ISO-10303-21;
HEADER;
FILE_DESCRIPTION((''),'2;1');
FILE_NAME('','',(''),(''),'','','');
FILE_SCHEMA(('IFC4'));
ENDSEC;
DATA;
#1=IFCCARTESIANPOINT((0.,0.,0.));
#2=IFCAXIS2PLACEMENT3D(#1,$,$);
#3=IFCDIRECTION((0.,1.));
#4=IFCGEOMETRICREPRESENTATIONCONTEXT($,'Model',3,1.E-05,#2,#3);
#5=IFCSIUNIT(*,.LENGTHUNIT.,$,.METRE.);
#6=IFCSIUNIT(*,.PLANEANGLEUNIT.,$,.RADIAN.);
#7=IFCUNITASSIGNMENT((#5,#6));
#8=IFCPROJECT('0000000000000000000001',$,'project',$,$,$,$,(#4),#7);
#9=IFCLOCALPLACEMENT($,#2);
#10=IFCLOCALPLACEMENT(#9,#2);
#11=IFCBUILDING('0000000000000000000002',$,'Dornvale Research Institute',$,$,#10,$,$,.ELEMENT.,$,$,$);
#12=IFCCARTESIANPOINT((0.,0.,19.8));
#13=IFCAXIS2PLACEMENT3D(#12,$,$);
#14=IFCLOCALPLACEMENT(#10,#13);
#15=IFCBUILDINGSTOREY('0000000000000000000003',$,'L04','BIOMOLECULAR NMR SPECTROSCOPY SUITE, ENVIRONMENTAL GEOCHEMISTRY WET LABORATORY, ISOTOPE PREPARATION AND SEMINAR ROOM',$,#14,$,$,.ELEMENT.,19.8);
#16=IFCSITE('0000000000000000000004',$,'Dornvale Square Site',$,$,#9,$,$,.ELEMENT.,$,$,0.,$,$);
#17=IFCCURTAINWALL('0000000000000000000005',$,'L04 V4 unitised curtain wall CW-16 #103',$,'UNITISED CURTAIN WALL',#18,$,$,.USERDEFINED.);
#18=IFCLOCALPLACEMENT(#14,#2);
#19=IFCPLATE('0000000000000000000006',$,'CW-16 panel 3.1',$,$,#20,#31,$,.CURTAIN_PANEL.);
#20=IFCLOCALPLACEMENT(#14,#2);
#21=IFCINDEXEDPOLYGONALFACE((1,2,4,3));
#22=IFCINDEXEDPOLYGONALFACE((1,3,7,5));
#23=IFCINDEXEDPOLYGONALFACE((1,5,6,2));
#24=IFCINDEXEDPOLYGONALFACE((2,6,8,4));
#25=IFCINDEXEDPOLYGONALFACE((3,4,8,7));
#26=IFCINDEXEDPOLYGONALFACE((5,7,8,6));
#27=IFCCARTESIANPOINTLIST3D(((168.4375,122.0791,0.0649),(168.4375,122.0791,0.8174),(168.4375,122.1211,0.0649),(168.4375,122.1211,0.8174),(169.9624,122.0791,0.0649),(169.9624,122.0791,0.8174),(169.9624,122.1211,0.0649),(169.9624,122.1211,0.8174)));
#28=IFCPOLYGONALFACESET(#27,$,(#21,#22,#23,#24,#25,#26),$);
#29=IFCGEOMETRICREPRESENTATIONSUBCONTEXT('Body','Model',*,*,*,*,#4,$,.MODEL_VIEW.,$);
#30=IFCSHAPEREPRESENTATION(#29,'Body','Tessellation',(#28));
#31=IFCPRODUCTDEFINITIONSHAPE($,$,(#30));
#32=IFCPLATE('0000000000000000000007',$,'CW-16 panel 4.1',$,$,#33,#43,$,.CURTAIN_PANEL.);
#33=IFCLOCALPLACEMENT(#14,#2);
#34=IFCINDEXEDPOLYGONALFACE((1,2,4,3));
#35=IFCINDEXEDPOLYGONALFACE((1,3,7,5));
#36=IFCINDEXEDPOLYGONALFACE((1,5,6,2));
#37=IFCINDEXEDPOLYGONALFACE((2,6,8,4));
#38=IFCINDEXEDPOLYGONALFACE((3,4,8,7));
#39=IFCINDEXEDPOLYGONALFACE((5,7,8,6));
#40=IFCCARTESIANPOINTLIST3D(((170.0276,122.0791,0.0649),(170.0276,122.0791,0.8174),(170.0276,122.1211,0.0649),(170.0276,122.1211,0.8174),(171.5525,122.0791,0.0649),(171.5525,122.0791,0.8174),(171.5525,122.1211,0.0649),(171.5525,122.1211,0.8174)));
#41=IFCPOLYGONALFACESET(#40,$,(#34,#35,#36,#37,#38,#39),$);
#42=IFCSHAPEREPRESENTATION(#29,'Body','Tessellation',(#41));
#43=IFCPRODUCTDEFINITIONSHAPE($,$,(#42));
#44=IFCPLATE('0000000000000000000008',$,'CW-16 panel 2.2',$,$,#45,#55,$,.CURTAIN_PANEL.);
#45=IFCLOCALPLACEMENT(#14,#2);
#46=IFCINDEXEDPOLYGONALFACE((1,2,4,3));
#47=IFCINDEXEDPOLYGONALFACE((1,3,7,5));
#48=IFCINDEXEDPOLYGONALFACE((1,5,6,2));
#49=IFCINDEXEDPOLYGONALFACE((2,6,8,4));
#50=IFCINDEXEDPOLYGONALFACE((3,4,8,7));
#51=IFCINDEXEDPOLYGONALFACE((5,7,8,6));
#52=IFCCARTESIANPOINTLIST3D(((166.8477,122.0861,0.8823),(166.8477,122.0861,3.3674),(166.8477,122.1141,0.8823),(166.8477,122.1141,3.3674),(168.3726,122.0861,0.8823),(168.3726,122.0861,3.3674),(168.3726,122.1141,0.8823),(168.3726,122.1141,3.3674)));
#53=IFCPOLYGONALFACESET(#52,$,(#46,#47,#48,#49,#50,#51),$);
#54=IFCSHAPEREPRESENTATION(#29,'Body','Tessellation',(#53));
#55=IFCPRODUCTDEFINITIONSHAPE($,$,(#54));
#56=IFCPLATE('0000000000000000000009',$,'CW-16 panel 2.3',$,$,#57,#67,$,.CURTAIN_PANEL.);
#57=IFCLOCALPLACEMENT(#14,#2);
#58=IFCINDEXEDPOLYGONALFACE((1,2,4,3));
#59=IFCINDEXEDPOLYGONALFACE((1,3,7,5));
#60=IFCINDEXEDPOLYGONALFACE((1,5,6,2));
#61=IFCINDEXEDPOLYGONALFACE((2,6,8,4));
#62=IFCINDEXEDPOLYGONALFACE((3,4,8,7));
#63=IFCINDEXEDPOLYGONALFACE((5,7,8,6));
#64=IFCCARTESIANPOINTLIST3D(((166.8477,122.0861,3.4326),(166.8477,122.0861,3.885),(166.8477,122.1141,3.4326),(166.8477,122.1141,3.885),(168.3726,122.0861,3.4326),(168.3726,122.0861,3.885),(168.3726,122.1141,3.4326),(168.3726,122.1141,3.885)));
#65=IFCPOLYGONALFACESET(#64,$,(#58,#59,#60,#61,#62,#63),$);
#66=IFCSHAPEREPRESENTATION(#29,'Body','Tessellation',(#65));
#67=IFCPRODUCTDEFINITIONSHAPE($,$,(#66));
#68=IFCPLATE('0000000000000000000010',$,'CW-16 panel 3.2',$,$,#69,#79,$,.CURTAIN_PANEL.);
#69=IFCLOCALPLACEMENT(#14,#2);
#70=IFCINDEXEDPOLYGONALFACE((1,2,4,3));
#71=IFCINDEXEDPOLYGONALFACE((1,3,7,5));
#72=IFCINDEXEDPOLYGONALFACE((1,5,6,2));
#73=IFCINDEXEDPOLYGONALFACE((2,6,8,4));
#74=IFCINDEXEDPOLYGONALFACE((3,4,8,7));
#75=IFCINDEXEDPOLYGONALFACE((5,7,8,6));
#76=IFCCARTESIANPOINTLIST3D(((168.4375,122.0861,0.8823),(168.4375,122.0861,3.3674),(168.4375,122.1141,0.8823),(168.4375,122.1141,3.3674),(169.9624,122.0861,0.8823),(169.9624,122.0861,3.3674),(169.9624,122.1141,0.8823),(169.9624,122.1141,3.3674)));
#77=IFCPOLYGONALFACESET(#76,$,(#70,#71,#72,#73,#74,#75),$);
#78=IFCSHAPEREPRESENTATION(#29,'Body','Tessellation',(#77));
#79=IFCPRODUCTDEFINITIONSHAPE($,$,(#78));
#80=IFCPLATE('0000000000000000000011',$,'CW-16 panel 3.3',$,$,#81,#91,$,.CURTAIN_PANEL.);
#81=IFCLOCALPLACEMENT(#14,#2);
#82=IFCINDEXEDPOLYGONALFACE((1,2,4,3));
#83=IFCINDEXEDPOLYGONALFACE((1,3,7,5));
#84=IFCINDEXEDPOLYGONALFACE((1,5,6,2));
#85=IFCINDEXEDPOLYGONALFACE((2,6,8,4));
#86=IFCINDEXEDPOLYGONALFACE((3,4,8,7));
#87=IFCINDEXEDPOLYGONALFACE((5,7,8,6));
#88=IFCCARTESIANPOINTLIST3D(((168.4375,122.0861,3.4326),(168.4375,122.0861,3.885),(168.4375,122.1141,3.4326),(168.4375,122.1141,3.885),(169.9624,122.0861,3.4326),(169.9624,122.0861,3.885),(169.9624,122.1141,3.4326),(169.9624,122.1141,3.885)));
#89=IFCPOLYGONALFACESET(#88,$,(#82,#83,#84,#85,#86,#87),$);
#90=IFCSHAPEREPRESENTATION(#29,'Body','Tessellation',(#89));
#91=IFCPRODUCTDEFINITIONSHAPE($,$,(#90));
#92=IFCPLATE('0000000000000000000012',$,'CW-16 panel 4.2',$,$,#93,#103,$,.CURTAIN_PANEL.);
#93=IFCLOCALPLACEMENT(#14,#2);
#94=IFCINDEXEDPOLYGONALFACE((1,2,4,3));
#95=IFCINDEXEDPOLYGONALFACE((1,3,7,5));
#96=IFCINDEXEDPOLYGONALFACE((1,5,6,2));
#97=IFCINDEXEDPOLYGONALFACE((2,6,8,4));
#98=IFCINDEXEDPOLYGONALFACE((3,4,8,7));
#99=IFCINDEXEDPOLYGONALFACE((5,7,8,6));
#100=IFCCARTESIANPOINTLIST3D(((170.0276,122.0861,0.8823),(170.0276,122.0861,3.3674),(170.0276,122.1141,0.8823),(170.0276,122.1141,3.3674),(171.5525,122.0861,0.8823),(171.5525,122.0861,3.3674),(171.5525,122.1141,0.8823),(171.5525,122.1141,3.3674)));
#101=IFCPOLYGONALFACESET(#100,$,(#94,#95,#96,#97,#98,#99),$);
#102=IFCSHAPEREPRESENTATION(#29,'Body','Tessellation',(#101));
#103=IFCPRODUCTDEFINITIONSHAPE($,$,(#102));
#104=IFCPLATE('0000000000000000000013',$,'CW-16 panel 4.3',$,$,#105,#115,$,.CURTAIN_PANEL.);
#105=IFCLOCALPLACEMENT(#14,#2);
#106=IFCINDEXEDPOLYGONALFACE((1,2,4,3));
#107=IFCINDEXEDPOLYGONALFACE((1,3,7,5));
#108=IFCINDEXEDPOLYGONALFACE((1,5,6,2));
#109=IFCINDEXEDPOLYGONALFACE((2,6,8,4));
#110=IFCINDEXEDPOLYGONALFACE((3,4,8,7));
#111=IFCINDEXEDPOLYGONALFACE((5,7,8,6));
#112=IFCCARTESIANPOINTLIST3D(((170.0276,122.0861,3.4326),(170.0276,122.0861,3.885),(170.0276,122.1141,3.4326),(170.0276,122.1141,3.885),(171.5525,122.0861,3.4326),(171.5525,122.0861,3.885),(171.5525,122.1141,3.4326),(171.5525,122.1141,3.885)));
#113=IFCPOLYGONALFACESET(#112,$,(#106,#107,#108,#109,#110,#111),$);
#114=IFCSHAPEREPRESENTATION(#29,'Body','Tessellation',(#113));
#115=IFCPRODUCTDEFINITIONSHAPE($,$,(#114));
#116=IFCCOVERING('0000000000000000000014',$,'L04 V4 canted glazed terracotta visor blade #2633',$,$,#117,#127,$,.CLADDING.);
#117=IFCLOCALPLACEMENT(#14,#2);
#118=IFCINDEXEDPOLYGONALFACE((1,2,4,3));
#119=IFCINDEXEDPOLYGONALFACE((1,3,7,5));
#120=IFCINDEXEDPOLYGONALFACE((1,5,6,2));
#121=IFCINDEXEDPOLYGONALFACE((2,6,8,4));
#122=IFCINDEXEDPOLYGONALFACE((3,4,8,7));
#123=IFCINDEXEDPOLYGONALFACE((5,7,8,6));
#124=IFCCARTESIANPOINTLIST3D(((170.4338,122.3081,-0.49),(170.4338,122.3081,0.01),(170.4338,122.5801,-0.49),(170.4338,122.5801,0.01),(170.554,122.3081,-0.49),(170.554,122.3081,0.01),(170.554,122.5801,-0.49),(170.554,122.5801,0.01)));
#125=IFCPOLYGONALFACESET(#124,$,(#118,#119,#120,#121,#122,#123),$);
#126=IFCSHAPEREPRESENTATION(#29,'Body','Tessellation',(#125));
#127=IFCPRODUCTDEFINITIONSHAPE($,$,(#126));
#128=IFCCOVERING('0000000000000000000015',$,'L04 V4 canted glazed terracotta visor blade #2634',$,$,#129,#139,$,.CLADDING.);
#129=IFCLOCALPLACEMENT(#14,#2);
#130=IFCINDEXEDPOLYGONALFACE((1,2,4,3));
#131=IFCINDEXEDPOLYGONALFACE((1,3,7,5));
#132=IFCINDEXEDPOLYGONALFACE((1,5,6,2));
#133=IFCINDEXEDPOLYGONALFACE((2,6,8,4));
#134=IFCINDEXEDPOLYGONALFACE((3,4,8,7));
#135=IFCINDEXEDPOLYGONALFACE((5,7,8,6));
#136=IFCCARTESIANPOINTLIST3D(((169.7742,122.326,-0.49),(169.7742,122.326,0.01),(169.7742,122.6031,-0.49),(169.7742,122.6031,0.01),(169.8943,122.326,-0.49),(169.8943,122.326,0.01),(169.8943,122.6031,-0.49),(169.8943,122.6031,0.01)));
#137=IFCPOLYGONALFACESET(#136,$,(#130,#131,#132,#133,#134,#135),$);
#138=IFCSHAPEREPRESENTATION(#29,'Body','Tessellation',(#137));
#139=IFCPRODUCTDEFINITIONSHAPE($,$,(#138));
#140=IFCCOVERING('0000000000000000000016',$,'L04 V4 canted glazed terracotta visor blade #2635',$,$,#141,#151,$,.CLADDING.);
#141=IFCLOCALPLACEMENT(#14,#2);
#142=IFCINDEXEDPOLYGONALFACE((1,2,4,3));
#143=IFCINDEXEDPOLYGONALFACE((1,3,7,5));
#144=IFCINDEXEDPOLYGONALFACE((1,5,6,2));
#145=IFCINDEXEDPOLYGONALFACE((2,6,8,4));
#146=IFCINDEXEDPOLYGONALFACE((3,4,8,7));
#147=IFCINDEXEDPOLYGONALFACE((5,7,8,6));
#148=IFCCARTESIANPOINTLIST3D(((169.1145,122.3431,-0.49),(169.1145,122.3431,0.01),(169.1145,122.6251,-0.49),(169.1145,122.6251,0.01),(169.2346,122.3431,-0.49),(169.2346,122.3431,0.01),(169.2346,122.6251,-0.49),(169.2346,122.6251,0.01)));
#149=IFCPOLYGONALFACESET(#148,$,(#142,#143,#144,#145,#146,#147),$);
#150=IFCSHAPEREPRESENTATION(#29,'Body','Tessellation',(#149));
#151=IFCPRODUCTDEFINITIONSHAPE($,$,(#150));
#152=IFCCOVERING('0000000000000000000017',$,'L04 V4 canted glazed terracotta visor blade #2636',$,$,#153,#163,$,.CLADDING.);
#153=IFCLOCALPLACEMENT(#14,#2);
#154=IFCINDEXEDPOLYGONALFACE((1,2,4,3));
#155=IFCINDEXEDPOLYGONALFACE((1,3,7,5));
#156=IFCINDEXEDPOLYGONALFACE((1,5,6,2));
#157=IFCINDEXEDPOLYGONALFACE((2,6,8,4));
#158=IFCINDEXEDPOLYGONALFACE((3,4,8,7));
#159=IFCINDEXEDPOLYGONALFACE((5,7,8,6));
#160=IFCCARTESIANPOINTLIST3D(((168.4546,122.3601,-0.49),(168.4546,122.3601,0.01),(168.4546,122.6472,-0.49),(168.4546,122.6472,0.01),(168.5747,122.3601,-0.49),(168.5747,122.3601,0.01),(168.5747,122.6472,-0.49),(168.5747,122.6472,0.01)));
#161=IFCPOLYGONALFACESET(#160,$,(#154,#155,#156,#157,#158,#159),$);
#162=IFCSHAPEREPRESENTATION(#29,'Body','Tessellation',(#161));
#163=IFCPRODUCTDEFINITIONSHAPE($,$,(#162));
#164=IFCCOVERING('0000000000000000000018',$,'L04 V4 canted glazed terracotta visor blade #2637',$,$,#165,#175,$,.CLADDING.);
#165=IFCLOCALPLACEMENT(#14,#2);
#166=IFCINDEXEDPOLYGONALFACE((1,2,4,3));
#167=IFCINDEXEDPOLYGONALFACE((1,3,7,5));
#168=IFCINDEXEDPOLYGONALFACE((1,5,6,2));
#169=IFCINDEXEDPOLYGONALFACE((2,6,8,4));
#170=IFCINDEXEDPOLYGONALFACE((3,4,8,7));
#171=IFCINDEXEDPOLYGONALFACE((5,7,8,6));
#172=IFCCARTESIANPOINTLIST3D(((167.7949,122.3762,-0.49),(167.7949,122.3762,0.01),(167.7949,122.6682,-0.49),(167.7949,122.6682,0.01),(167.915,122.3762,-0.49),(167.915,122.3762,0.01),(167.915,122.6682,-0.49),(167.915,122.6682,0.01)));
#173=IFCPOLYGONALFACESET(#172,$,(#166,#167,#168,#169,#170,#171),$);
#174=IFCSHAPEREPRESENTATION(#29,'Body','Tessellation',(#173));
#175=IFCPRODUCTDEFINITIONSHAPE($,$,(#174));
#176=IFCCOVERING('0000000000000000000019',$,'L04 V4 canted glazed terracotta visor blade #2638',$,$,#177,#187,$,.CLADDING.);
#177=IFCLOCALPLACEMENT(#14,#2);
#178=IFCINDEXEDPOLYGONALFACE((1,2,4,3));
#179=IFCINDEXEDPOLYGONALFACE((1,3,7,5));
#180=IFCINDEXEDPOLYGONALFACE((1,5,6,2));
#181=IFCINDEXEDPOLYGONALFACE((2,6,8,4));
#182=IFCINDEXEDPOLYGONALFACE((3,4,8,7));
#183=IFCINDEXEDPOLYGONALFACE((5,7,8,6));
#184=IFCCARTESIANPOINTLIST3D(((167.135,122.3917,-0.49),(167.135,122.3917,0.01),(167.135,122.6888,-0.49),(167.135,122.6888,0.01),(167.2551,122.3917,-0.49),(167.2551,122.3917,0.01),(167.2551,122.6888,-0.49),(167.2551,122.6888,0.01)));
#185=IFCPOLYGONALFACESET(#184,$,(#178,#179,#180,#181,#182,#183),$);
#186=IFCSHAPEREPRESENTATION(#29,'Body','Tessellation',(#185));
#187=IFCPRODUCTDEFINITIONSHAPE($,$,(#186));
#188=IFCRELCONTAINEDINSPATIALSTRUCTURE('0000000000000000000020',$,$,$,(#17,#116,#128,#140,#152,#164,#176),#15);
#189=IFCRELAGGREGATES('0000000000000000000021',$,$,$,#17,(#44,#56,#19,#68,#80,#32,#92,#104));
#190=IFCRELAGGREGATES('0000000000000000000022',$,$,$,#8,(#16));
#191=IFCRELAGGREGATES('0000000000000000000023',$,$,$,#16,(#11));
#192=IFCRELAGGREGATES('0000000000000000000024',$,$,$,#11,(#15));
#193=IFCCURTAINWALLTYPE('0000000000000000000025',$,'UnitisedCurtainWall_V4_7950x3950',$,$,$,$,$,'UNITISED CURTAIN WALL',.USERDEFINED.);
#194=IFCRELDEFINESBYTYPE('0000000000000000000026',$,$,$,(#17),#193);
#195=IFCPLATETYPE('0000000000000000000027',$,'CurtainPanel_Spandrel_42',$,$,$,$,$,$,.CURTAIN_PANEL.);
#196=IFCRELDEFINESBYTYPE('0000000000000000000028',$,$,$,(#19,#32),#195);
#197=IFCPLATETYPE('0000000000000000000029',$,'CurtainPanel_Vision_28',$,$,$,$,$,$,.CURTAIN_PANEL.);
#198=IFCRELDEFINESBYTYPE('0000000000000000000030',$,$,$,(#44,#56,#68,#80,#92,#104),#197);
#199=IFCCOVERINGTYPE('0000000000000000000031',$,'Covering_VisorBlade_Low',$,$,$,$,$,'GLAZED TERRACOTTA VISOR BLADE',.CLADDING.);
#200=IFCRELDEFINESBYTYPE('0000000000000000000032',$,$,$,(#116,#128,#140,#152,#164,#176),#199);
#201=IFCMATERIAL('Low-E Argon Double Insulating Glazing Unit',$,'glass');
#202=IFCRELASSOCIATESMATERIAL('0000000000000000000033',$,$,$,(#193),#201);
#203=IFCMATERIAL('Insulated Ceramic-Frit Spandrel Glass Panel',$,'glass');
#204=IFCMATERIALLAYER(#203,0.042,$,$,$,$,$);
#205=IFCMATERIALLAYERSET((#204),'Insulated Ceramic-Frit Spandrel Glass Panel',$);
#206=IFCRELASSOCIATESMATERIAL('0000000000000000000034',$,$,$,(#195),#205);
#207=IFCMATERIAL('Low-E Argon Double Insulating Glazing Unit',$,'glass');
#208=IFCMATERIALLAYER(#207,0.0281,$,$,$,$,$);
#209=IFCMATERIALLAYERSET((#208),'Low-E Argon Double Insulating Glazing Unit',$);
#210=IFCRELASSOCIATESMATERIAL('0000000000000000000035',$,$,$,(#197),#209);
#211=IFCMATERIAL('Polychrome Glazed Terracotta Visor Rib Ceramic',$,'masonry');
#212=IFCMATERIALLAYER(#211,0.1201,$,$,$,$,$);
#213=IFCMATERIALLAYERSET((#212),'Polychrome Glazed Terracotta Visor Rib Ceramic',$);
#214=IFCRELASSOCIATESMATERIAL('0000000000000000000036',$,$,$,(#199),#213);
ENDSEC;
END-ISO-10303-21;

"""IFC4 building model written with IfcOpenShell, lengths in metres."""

from ifc_helpers import new_model, si_unit, direction, frame, origin, origin_2d, place, context, subcontext, project, spatial, rectangle, extrude, material, layer, layer_set, type_object, element, aggregate, save


model = new_model("IFC4")

# Units and contexts
model_context = context("Model", 3, precision=1e-05, world=origin(), true_north=direction((0.0, 1.0)))
body_context = subcontext(model_context, "Body", "Model", "MODEL_VIEW")
ifc_project = project(units=[si_unit("LENGTHUNIT", "METRE"), si_unit("PLANEANGLEUNIT", "RADIAN")], contexts=[model_context])

# Site, building, storey
site_placement = place(None, origin())
site = spatial("IfcSite", under=ifc_project, at=site_placement, Name="Dornvale Square Site", CompositionType="ELEMENT", RefElevation=0.0)
building_placement = place(site_placement, origin())
building = spatial("IfcBuilding", under=site, at=building_placement, Name="Dornvale Research Institute", CompositionType="ELEMENT")
storey_placement = place(building_placement, frame((0.0, 0.0, 19.8)))
storey = spatial("IfcBuildingStorey", under=building, at=storey_placement, Name="L04", Description="BIOMOLECULAR NMR SPECTROSCOPY SUITE, ENVIRONMENTAL GEOCHEMISTRY WET LABORATORY, ISOTOPE PREPARATION AND SEMINAR ROOM", CompositionType="ELEMENT", Elevation=19.8)

# Curtain wall, plates
ifc_material_1 = material(Name="Low-E Argon Double Insulating Glazing Unit", Category="glass")
curtain_wall_type = type_object("IfcCurtainWallType", Name="UnitisedCurtainWall_V4_7950x3950", ElementType="UNITISED CURTAIN WALL", PredefinedType="USERDEFINED", material=ifc_material_1)
curtain_wall_placement = place(storey_placement, origin())
curtain_wall = element("IfcCurtainWall", 1, at=curtain_wall_placement, inside=storey, type_object=curtain_wall_type, Name="L04 V4 unitised curtain wall CW-16 #103", ObjectType="UNITISED CURTAIN WALL", PredefinedType="USERDEFINED")
ifc_material_2 = material(Name="Insulated Ceramic-Frit Spandrel Glass Panel", Category="glass")
ifc_layer_1 = layer(ifc_material_2, 0.042)
ifc_layer_set_1 = layer_set([ifc_layer_1], Name="Insulated Ceramic-Frit Spandrel Glass Panel")
plate_type_1 = type_object("IfcPlateType", Name="CurtainPanel_Spandrel_42", PredefinedType="CURTAIN_PANEL", material=ifc_layer_set_1)
plate_1_placement = place(storey_placement, frame((169.2, 122.1001, 0.0649), z_axis=(0.0, 0.0, 1.0), x_axis=(1.0, 0.0, 0.0)))
plate_1 = element("IfcPlate", 2, at=plate_1_placement, type_object=plate_type_1, Name="CW-16 panel 3.1", PredefinedType="CURTAIN_PANEL", context=body_context, shape_type="SweptSolid", body=[
    extrude(rectangle(XDim=1.5249, YDim=0.042, at=origin_2d()), origin(), (0.0, 0.0, 1.0), 0.7524),
])
plate_2_placement = place(storey_placement, frame((170.79, 122.1001, 0.0649), z_axis=(0.0, 0.0, 1.0), x_axis=(1.0, 0.0, 0.0)))
plate_2 = element("IfcPlate", 3, at=plate_2_placement, type_object=plate_type_1, Name="CW-16 panel 4.1", PredefinedType="CURTAIN_PANEL", context=body_context, shape_type="SweptSolid", body=[
    extrude(rectangle(XDim=1.5249, YDim=0.042, at=origin_2d()), origin(), (0.0, 0.0, 1.0), 0.7524),
])
ifc_material_3 = material(Name="Low-E Argon Double Insulating Glazing Unit", Category="glass")
ifc_layer_2 = layer(ifc_material_3, 0.0281)
ifc_layer_set_2 = layer_set([ifc_layer_2], Name="Low-E Argon Double Insulating Glazing Unit")
plate_type_2 = type_object("IfcPlateType", Name="CurtainPanel_Vision_28", PredefinedType="CURTAIN_PANEL", material=ifc_layer_set_2)
plate_3_placement = place(storey_placement, frame((167.6101, 122.1001, 0.8823), z_axis=(0.0, 0.0, 1.0), x_axis=(1.0, 0.0, 0.0)))
plate_3 = element("IfcPlate", 4, at=plate_3_placement, type_object=plate_type_2, Name="CW-16 panel 2.2", PredefinedType="CURTAIN_PANEL", context=body_context, shape_type="SweptSolid", body=[
    extrude(rectangle(XDim=1.5249, YDim=0.0281, at=origin_2d()), origin(), (0.0, 0.0, 1.0), 2.4851),
])
plate_4_placement = place(storey_placement, frame((167.6101, 122.1001, 3.4326), z_axis=(0.0, 0.0, 1.0), x_axis=(1.0, 0.0, 0.0)))
plate_4 = element("IfcPlate", 5, at=plate_4_placement, type_object=plate_type_2, Name="CW-16 panel 2.3", PredefinedType="CURTAIN_PANEL", context=body_context, shape_type="SweptSolid", body=[
    extrude(rectangle(XDim=1.5249, YDim=0.0281, at=origin_2d()), origin(), (0.0, 0.0, 1.0), 0.4524),
])
plate_5_placement = place(storey_placement, frame((169.2, 122.1001, 0.8823), z_axis=(0.0, 0.0, 1.0), x_axis=(1.0, 0.0, 0.0)))
plate_5 = element("IfcPlate", 6, at=plate_5_placement, type_object=plate_type_2, Name="CW-16 panel 3.2", PredefinedType="CURTAIN_PANEL", context=body_context, shape_type="SweptSolid", body=[
    extrude(rectangle(XDim=1.5249, YDim=0.0281, at=origin_2d()), origin(), (0.0, 0.0, 1.0), 2.4851),
])
plate_6_placement = place(storey_placement, frame((169.2, 122.1001, 3.4326), z_axis=(0.0, 0.0, 1.0), x_axis=(1.0, 0.0, 0.0)))
plate_6 = element("IfcPlate", 7, at=plate_6_placement, type_object=plate_type_2, Name="CW-16 panel 3.3", PredefinedType="CURTAIN_PANEL", context=body_context, shape_type="SweptSolid", body=[
    extrude(rectangle(XDim=1.5249, YDim=0.0281, at=origin_2d()), origin(), (0.0, 0.0, 1.0), 0.4524),
])
plate_7_placement = place(storey_placement, frame((170.79, 122.1001, 0.8823), z_axis=(0.0, 0.0, 1.0), x_axis=(1.0, 0.0, 0.0)))
plate_7 = element("IfcPlate", 8, at=plate_7_placement, type_object=plate_type_2, Name="CW-16 panel 4.2", PredefinedType="CURTAIN_PANEL", context=body_context, shape_type="SweptSolid", body=[
    extrude(rectangle(XDim=1.5249, YDim=0.0281, at=origin_2d()), origin(), (0.0, 0.0, 1.0), 2.4851),
])
plate_8_placement = place(storey_placement, frame((170.79, 122.1001, 3.4326), z_axis=(0.0, 0.0, 1.0), x_axis=(1.0, 0.0, 0.0)))
plate_8 = element("IfcPlate", 9, at=plate_8_placement, type_object=plate_type_2, Name="CW-16 panel 4.3", PredefinedType="CURTAIN_PANEL", context=body_context, shape_type="SweptSolid", body=[
    extrude(rectangle(XDim=1.5249, YDim=0.0281, at=origin_2d()), origin(), (0.0, 0.0, 1.0), 0.4524),
])
aggregate(curtain_wall, [plate_3, plate_4, plate_1, plate_5, plate_6, plate_2, plate_7, plate_8])

# Coverings
ifc_material_4 = material(Name="Polychrome Glazed Terracotta Visor Rib Ceramic", Category="masonry")
ifc_layer_3 = layer(ifc_material_4, 0.1201)
ifc_layer_set_3 = layer_set([ifc_layer_3], Name="Polychrome Glazed Terracotta Visor Rib Ceramic")
covering_type = type_object("IfcCoveringType", Name="Covering_VisorBlade_Low", ElementType="GLAZED TERRACOTTA VISOR BLADE", PredefinedType="CLADDING", material=ifc_layer_set_3)
covering_1_placement = place(storey_placement, frame((170.4939, 122.4441, -0.49), z_axis=(0.0, 0.0, 1.0), x_axis=(0.0, 1.0, 0.0)))
element("IfcCovering", 10, at=covering_1_placement, inside=storey, type_object=covering_type, Name="L04 V4 canted glazed terracotta visor blade #2633", PredefinedType="CLADDING", context=body_context, shape_type="SweptSolid", body=[
    extrude(rectangle(XDim=0.272, YDim=0.1201, at=origin_2d()), origin(), (0.0, 0.0, 1.0), 0.5),
])
covering_2_placement = place(storey_placement, frame((169.8342, 122.4646, -0.49), z_axis=(0.0, 0.0, 1.0), x_axis=(0.0, 1.0, 0.0)))
element("IfcCovering", 11, at=covering_2_placement, inside=storey, type_object=covering_type, Name="L04 V4 canted glazed terracotta visor blade #2634", PredefinedType="CLADDING", context=body_context, shape_type="SweptSolid", body=[
    extrude(rectangle(XDim=0.2771, YDim=0.1201, at=origin_2d()), origin(), (0.0, 0.0, 1.0), 0.5),
])
covering_3_placement = place(storey_placement, frame((169.1746, 122.4841, -0.49), z_axis=(0.0, 0.0, 1.0), x_axis=(0.0, 1.0, 0.0)))
element("IfcCovering", 12, at=covering_3_placement, inside=storey, type_object=covering_type, Name="L04 V4 canted glazed terracotta visor blade #2635", PredefinedType="CLADDING", context=body_context, shape_type="SweptSolid", body=[
    extrude(rectangle(XDim=0.282, YDim=0.1201, at=origin_2d()), origin(), (0.0, 0.0, 1.0), 0.5),
])
covering_4_placement = place(storey_placement, frame((168.5146, 122.5037, -0.49), z_axis=(0.0, 0.0, 1.0), x_axis=(0.0, 1.0, 0.0)))
element("IfcCovering", 13, at=covering_4_placement, inside=storey, type_object=covering_type, Name="L04 V4 canted glazed terracotta visor blade #2636", PredefinedType="CLADDING", context=body_context, shape_type="SweptSolid", body=[
    extrude(rectangle(XDim=0.2871, YDim=0.1201, at=origin_2d()), origin(), (0.0, 0.0, 1.0), 0.5),
])
covering_5_placement = place(storey_placement, frame((167.855, 122.5222, -0.49), z_axis=(0.0, 0.0, 1.0), x_axis=(0.0, 1.0, 0.0)))
element("IfcCovering", 14, at=covering_5_placement, inside=storey, type_object=covering_type, Name="L04 V4 canted glazed terracotta visor blade #2637", PredefinedType="CLADDING", context=body_context, shape_type="SweptSolid", body=[
    extrude(rectangle(XDim=0.292, YDim=0.1201, at=origin_2d()), origin(), (0.0, 0.0, 1.0), 0.5),
])
covering_6_placement = place(storey_placement, frame((167.1951, 122.5403, -0.49), z_axis=(0.0, 0.0, 1.0), x_axis=(0.0, 1.0, 0.0)))
element("IfcCovering", 15, at=covering_6_placement, inside=storey, type_object=covering_type, Name="L04 V4 canted glazed terracotta visor blade #2638", PredefinedType="CLADDING", context=body_context, shape_type="SweptSolid", body=[
    extrude(rectangle(XDim=0.2971, YDim=0.1201, at=origin_2d()), origin(), (0.0, 0.0, 1.0), 0.5),
])

save(model, "model.ifc")
